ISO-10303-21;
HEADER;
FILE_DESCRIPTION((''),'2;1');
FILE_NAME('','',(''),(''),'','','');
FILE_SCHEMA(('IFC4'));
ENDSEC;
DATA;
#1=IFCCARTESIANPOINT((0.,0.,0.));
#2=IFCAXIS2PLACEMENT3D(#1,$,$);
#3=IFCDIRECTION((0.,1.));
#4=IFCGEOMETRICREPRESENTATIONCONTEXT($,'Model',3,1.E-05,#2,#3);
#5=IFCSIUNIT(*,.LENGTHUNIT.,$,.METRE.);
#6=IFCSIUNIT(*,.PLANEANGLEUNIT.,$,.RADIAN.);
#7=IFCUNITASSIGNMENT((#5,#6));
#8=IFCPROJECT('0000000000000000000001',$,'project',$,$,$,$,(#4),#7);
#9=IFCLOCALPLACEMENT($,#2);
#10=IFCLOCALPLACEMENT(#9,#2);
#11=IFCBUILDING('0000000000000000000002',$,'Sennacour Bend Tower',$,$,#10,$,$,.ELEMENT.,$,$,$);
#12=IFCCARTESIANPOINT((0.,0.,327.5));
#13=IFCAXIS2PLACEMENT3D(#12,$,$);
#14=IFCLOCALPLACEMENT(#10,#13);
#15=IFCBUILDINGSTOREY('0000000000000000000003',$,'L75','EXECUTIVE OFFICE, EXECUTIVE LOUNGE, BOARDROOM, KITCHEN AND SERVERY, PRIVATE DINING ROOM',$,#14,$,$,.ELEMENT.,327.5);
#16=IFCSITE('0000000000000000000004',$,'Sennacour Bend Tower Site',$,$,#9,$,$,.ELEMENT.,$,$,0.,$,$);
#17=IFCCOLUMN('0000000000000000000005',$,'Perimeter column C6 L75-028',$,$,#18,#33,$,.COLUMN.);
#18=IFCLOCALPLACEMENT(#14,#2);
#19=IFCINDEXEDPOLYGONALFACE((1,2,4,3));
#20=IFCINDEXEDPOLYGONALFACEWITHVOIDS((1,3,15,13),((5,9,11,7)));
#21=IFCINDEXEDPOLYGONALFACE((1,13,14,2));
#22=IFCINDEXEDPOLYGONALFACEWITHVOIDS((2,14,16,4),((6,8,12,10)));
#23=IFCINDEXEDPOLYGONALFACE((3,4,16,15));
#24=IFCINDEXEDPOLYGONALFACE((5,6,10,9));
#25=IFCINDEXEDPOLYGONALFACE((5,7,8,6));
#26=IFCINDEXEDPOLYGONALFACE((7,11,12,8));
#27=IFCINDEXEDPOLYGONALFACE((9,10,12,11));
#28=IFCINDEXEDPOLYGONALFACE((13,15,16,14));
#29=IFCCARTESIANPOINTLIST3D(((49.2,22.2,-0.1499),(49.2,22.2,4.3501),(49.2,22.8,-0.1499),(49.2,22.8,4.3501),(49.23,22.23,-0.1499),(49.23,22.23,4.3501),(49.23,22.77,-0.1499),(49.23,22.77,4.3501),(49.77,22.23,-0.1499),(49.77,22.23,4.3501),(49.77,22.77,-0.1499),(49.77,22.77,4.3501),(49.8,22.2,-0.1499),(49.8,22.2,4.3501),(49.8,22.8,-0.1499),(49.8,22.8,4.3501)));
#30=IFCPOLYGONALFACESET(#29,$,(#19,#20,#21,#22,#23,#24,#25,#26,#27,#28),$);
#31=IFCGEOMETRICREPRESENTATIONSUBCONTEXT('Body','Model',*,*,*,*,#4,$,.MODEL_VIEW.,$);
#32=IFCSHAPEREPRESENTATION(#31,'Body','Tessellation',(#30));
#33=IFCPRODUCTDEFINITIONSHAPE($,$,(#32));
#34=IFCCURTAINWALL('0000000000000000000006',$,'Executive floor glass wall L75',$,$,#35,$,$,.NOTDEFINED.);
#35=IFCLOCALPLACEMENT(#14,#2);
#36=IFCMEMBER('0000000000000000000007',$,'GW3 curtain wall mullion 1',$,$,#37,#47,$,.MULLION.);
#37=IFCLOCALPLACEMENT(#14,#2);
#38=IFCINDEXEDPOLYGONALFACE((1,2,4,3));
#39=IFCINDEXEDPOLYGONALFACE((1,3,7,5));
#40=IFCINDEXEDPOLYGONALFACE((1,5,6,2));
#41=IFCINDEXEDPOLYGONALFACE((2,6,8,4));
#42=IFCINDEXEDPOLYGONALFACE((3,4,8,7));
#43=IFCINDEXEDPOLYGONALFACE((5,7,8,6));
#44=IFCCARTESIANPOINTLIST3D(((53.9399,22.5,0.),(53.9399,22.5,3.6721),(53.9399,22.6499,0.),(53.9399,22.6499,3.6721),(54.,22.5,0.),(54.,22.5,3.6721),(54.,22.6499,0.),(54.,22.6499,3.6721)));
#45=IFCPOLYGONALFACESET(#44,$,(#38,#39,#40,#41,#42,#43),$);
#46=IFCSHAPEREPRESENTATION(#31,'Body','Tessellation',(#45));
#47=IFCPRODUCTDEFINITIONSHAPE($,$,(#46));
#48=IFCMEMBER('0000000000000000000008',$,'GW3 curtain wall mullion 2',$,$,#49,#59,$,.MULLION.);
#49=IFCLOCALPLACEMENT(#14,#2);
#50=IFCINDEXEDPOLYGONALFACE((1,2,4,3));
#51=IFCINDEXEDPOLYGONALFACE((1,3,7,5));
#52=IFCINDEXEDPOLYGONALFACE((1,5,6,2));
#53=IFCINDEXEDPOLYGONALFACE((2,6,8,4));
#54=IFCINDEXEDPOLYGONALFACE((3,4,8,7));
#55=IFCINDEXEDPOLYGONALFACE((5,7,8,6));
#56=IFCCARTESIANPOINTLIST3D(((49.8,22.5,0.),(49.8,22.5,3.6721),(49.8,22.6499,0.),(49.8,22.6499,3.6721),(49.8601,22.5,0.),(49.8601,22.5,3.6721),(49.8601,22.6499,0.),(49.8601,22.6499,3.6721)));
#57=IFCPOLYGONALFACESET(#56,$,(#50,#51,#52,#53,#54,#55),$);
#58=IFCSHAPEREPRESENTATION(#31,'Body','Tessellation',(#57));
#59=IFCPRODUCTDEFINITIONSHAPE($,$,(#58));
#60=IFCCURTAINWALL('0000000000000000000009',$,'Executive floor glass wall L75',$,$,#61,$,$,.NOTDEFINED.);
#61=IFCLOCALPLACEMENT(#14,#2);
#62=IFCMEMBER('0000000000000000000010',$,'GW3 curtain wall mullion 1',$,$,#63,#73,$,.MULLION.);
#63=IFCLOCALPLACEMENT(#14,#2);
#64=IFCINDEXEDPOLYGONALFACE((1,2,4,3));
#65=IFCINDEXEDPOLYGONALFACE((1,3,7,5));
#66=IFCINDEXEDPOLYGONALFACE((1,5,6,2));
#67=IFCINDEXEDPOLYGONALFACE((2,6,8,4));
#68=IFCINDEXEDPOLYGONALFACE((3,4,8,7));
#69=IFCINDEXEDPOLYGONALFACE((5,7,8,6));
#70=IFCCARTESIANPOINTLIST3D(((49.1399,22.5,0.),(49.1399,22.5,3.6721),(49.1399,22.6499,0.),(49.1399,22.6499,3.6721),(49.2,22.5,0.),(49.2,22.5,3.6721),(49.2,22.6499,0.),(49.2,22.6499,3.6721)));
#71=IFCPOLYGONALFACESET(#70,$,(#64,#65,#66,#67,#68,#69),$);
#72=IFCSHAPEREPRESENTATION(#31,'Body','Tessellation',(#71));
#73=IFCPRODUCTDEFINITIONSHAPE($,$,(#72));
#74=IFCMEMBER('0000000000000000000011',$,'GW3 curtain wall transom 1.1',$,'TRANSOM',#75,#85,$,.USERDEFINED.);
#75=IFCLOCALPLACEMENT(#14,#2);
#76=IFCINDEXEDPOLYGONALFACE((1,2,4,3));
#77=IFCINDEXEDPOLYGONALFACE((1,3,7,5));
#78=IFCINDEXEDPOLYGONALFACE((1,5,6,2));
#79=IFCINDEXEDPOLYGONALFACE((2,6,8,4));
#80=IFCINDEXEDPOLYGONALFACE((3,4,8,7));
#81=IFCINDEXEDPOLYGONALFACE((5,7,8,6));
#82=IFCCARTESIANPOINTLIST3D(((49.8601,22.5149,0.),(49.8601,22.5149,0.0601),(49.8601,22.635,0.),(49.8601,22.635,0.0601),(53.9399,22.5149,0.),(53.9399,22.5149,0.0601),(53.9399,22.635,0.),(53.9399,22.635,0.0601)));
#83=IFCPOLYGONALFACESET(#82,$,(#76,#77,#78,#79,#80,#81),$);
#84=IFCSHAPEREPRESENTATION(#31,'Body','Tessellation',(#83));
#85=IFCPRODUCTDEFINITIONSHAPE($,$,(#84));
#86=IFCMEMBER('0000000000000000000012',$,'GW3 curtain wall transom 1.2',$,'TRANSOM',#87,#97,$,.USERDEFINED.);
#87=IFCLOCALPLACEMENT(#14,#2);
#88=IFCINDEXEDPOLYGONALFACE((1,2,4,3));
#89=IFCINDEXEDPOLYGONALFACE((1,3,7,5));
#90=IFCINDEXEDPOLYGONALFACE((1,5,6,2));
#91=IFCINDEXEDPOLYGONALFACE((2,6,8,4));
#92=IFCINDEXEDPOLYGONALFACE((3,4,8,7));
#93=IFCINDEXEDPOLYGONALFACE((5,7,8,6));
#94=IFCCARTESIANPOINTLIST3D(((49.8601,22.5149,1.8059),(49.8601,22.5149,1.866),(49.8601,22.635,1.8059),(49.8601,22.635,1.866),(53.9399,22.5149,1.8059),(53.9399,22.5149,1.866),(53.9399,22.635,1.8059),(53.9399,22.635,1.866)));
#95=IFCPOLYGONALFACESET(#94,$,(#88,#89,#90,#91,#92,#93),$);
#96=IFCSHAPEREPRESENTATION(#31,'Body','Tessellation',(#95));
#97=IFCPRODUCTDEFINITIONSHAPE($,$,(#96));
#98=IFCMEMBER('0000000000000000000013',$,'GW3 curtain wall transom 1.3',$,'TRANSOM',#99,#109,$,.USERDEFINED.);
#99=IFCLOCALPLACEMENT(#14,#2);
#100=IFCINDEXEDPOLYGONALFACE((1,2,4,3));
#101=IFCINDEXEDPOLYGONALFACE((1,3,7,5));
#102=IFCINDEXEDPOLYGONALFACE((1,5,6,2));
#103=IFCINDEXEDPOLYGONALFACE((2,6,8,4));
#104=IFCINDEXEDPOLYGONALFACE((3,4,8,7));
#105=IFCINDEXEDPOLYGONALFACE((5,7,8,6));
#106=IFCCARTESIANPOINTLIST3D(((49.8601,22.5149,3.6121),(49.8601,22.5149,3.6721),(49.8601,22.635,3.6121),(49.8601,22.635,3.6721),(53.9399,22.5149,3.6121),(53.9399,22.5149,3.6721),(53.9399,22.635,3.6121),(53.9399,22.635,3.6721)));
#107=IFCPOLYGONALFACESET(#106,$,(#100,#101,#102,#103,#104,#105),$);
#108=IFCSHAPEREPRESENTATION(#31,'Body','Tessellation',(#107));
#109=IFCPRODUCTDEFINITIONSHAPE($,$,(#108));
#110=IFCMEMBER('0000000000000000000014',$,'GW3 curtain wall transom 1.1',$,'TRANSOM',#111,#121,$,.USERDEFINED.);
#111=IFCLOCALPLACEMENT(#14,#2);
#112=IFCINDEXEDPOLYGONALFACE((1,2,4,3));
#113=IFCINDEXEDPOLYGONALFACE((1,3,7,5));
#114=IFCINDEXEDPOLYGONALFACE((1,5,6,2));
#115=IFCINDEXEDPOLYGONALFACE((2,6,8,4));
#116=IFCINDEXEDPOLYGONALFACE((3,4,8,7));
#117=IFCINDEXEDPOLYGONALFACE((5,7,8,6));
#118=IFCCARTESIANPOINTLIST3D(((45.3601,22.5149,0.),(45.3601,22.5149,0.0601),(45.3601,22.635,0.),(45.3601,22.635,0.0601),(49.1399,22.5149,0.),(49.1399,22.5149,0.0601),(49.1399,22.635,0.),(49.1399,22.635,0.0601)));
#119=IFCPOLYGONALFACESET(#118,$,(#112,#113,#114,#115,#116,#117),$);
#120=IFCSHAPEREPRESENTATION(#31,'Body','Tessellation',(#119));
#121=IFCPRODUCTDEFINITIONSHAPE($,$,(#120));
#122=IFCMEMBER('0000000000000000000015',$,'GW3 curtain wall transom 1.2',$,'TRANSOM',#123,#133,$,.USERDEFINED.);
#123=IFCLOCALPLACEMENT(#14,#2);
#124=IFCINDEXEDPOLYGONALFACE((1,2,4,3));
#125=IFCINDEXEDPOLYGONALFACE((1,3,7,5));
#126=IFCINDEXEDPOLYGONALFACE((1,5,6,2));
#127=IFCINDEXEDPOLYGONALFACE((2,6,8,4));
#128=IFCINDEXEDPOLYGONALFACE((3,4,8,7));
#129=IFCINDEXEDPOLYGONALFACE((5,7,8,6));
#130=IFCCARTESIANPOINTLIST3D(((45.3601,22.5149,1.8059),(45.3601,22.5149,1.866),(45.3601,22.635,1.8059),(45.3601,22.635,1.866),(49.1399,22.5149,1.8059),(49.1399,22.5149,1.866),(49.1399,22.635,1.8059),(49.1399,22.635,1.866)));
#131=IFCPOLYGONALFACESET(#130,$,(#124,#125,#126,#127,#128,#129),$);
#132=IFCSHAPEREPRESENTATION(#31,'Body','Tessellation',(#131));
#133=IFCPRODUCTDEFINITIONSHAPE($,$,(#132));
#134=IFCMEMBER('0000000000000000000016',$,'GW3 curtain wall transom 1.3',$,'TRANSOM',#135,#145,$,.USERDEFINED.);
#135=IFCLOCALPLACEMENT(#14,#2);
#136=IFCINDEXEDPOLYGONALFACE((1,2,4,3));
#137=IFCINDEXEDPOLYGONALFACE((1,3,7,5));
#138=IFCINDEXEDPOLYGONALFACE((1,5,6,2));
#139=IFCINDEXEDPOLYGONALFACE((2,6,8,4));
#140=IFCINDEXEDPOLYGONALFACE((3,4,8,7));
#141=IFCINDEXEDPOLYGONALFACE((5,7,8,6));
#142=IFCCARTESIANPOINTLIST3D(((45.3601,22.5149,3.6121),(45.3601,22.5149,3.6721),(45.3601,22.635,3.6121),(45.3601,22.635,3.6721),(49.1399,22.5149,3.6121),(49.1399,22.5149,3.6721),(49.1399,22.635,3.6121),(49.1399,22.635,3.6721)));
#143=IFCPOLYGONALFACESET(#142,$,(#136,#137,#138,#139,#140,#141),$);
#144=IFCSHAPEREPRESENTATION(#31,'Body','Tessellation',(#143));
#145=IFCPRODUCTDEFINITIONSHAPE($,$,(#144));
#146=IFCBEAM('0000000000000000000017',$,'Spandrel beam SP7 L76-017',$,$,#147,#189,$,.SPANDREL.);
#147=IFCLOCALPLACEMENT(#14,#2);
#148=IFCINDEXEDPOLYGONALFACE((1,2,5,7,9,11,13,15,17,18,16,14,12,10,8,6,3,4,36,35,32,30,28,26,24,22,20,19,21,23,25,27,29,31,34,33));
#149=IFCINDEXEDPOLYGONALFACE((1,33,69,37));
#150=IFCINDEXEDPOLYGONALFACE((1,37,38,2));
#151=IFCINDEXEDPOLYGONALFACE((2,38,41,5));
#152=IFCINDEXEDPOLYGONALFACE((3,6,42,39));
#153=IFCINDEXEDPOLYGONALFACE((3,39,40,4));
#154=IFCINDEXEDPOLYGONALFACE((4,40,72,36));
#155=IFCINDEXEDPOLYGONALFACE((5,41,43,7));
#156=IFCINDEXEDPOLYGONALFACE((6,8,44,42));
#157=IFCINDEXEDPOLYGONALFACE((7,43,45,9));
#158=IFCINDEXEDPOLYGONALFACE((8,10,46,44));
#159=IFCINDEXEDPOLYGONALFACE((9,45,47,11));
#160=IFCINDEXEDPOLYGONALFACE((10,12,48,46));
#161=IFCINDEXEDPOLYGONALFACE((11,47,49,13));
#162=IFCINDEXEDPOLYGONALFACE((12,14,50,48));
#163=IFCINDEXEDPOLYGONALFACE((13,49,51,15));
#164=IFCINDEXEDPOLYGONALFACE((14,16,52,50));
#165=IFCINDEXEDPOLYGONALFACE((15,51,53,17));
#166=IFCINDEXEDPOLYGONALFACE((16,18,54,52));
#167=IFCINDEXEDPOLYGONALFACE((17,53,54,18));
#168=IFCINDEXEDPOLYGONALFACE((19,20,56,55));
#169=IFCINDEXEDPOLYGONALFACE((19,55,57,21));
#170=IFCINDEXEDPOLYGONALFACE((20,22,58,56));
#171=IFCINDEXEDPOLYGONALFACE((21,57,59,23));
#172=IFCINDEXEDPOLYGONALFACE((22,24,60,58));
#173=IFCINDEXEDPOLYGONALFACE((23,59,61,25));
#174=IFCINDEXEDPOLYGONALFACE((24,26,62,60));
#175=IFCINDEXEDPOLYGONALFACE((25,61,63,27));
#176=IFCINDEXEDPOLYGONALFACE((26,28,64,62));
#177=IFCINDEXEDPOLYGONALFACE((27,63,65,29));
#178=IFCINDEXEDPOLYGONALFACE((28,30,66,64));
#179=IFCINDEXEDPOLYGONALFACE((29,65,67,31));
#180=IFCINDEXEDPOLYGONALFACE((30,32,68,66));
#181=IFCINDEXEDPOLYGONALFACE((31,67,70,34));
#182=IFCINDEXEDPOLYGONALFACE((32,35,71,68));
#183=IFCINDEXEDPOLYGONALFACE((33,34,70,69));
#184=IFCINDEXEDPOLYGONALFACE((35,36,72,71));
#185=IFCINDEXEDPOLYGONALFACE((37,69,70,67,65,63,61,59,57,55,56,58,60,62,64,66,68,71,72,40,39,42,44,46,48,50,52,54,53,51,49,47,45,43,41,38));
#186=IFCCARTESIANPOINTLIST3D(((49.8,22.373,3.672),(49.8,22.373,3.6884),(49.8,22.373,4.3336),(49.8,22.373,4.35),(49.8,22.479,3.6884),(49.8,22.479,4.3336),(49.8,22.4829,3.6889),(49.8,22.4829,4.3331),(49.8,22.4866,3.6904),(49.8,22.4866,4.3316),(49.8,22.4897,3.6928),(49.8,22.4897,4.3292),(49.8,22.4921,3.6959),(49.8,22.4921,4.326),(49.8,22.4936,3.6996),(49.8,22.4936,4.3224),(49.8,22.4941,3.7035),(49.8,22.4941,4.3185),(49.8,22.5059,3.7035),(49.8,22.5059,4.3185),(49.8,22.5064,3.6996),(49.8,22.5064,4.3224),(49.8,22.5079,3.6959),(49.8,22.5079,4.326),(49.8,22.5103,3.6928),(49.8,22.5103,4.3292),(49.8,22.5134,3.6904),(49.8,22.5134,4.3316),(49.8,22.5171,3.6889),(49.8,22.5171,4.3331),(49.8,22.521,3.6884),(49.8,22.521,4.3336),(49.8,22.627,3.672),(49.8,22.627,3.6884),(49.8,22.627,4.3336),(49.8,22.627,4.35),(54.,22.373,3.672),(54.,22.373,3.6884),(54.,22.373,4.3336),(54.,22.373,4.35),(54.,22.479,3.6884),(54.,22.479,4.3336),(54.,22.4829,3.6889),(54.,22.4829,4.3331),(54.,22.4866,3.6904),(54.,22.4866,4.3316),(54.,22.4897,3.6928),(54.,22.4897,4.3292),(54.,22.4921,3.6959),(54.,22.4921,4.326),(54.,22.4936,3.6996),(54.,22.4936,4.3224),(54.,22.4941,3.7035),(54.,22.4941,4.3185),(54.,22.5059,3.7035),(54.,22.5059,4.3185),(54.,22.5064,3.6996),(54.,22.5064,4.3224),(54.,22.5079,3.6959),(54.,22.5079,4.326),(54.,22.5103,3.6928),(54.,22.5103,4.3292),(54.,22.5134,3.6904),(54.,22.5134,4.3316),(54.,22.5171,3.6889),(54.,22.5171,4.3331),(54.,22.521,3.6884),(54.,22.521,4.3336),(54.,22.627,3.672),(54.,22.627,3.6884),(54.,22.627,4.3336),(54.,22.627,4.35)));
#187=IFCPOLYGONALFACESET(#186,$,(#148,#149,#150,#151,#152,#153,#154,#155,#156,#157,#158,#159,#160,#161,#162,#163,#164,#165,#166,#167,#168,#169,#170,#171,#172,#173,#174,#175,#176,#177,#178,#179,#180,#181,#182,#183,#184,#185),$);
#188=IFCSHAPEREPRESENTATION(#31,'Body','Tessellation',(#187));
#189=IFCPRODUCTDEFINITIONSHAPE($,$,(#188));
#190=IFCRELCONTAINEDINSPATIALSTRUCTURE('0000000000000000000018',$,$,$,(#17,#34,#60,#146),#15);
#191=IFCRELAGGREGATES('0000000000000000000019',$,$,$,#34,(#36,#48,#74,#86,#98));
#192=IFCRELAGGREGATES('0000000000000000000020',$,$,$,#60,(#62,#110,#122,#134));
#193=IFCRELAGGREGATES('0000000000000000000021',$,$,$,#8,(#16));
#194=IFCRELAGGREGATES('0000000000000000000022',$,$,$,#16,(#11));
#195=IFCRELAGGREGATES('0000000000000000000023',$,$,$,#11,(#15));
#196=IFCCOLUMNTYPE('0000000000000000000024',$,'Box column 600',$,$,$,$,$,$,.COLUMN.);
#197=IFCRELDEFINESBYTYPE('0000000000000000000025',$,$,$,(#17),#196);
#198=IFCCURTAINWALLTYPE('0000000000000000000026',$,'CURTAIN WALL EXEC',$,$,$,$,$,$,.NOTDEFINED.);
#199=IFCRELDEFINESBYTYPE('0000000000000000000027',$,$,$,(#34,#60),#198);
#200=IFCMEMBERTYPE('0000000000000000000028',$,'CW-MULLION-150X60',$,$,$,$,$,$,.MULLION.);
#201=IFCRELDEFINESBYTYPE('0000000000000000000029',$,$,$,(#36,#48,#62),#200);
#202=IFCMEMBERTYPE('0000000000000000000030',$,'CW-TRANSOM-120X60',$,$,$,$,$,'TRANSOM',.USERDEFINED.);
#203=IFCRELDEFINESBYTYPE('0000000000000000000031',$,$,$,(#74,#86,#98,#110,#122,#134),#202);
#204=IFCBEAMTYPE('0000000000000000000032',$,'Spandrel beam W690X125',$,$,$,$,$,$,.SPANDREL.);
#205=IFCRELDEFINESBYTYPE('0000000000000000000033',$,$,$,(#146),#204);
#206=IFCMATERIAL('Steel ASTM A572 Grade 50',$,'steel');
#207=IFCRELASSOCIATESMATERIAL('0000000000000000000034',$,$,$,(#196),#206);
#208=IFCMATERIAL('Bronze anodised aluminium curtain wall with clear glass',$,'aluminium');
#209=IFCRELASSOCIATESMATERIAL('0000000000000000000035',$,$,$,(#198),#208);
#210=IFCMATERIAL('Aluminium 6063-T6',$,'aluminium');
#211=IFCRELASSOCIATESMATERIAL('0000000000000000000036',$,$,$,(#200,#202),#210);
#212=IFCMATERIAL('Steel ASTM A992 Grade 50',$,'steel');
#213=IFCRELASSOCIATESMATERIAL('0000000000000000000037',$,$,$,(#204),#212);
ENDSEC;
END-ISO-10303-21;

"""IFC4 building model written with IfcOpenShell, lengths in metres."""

from ifc_helpers import new_model, si_unit, direction, frame, origin, origin_2d, place, context, subcontext, project, spatial, rectangle, hollow_rectangle, i_section, extrude, material, material_profile, profile_set, type_object, element, aggregate, save


model = new_model("IFC4")

# Units and contexts
model_context = context("Model", 3, precision=1e-05, world=origin(), true_north=direction((0.0, 1.0)))
body_context = subcontext(model_context, "Body", "Model", "MODEL_VIEW")
ifc_project = project(units=[si_unit("LENGTHUNIT", "METRE"), si_unit("PLANEANGLEUNIT", "RADIAN")], contexts=[model_context])

# Site, building, storey
site_placement = place(None, origin())
site = spatial("IfcSite", under=ifc_project, at=site_placement, Name="Sennacour Bend Tower Site", CompositionType="ELEMENT", RefElevation=0.0)
building_placement = place(site_placement, origin())
building = spatial("IfcBuilding", under=site, at=building_placement, Name="Sennacour Bend Tower", CompositionType="ELEMENT")
storey_placement = place(building_placement, frame((0.0, 0.0, 327.5)))
storey = spatial("IfcBuildingStorey", under=building, at=storey_placement, Name="L75", Description="EXECUTIVE OFFICE, EXECUTIVE LOUNGE, BOARDROOM, KITCHEN AND SERVERY, PRIVATE DINING ROOM", CompositionType="ELEMENT", Elevation=327.5)

# Column
ifc_material_1 = material(Name="Steel ASTM A572 Grade 50", Category="steel")
ifc_material_profile_1 = material_profile(ifc_material_1, hollow_rectangle(XDim=0.6001, YDim=0.6001, WallThickness=0.03, at=origin_2d()), Name="Steel ASTM A572 Grade 50", Category="steel")
ifc_profile_set_1 = profile_set([ifc_material_profile_1], Name="Steel ASTM A572 Grade 50")
column_type = type_object("IfcColumnType", Name="Box column 600", PredefinedType="COLUMN", material=ifc_profile_set_1)
column_placement = place(storey_placement, frame((49.5, 22.5, -0.1499), z_axis=(0.0, 0.0, 1.0), x_axis=(1.0, 0.0, 0.0)))
element("IfcColumn", 1, at=column_placement, inside=storey, type_object=column_type, Name="Perimeter column C6 L75-028", PredefinedType="COLUMN", context=body_context, shape_type="SweptSolid", body=[
    extrude(hollow_rectangle(XDim=0.6001, YDim=0.6001, WallThickness=0.03, at=origin_2d()), origin(), (0.0, 0.0, 1.0), 4.5),
])

# Curtain wall, members
ifc_material_2 = material(Name="Bronze anodised aluminium curtain wall with clear glass", Category="aluminium")
curtain_wall_type = type_object("IfcCurtainWallType", Name="CURTAIN WALL EXEC", PredefinedType="NOTDEFINED", material=ifc_material_2)
curtain_wall_1_placement = place(storey_placement, origin())
curtain_wall_1 = element("IfcCurtainWall", 2, at=curtain_wall_1_placement, inside=storey, type_object=curtain_wall_type, Name="Executive floor glass wall L75", PredefinedType="NOTDEFINED")
ifc_material_3 = material(Name="Aluminium 6063-T6", Category="aluminium")
ifc_material_profile_2 = material_profile(ifc_material_3, rectangle(XDim=0.1499, YDim=0.0601, at=origin_2d()), Name="Aluminium 6063-T6", Category="aluminium")
ifc_profile_set_2 = profile_set([ifc_material_profile_2], Name="Aluminium 6063-T6")
member_type_1 = type_object("IfcMemberType", Name="CW-MULLION-150X60", PredefinedType="MULLION", material=ifc_profile_set_2)
member_1_placement = place(storey_placement, frame((53.97, 22.575, 0.0), z_axis=(0.0, 0.0, 1.0), x_axis=(0.0, -1.0, 0.0)))
member_1 = element("IfcMember", 3, at=member_1_placement, type_object=member_type_1, Name="GW3 curtain wall mullion 1", PredefinedType="MULLION", context=body_context, shape_type="SweptSolid", body=[
    extrude(rectangle(XDim=0.1499, YDim=0.0601, at=origin_2d()), origin(), (0.0, 0.0, 1.0), 3.6721),
])
member_2_placement = place(storey_placement, frame((49.8301, 22.575, 0.0), z_axis=(0.0, 0.0, 1.0), x_axis=(0.0, -1.0, 0.0)))
member_2 = element("IfcMember", 4, at=member_2_placement, type_object=member_type_1, Name="GW3 curtain wall mullion 2", PredefinedType="MULLION", context=body_context, shape_type="SweptSolid", body=[
    extrude(rectangle(XDim=0.1499, YDim=0.0601, at=origin_2d()), origin(), (0.0, 0.0, 1.0), 3.6721),
])

# Curtain wall, member
curtain_wall_2_placement = place(storey_placement, origin())
curtain_wall_2 = element("IfcCurtainWall", 5, at=curtain_wall_2_placement, inside=storey, type_object=curtain_wall_type, Name="Executive floor glass wall L75", PredefinedType="NOTDEFINED")
member_3_placement = place(storey_placement, frame((49.1699, 22.575, 0.0), z_axis=(0.0, 0.0, 1.0), x_axis=(0.0, -1.0, 0.0)))
member_3 = element("IfcMember", 6, at=member_3_placement, type_object=member_type_1, Name="GW3 curtain wall mullion 1", PredefinedType="MULLION", context=body_context, shape_type="SweptSolid", body=[
    extrude(rectangle(XDim=0.1499, YDim=0.0601, at=origin_2d()), origin(), (0.0, 0.0, 1.0), 3.6721),
])

# Members
ifc_material_profile_3 = material_profile(ifc_material_3, rectangle(XDim=0.1201, YDim=0.0601, at=origin_2d()), Name="Aluminium 6063-T6", Category="aluminium")
ifc_profile_set_3 = profile_set([ifc_material_profile_3], Name="Aluminium 6063-T6")
member_type_2 = type_object("IfcMemberType", Name="CW-TRANSOM-120X60", ElementType="TRANSOM", PredefinedType="USERDEFINED", material=ifc_profile_set_3)
member_4_placement = place(storey_placement, frame((53.9399, 22.575, 0.03), z_axis=(-1.0, 0.0, 0.0), x_axis=(0.0, -1.0, 0.0)))
member_4 = element("IfcMember", 7, at=member_4_placement, type_object=member_type_2, Name="GW3 curtain wall transom 1.1", ObjectType="TRANSOM", PredefinedType="USERDEFINED", context=body_context, shape_type="SweptSolid", body=[
    extrude(rectangle(XDim=0.1201, YDim=0.0601, at=origin_2d()), origin(), (0.0, 0.0, 1.0), 4.0798),
])
member_5_placement = place(storey_placement, frame((53.9399, 22.575, 1.8359), z_axis=(-1.0, 0.0, 0.0), x_axis=(0.0, -1.0, 0.0)))
member_5 = element("IfcMember", 8, at=member_5_placement, type_object=member_type_2, Name="GW3 curtain wall transom 1.2", ObjectType="TRANSOM", PredefinedType="USERDEFINED", context=body_context, shape_type="SweptSolid", body=[
    extrude(rectangle(XDim=0.1201, YDim=0.0601, at=origin_2d()), origin(), (0.0, 0.0, 1.0), 4.0798),
])
member_6_placement = place(storey_placement, frame((53.9399, 22.575, 3.6421), z_axis=(-1.0, 0.0, 0.0), x_axis=(0.0, -1.0, 0.0)))
member_6 = element("IfcMember", 9, at=member_6_placement, type_object=member_type_2, Name="GW3 curtain wall transom 1.3", ObjectType="TRANSOM", PredefinedType="USERDEFINED", context=body_context, shape_type="SweptSolid", body=[
    extrude(rectangle(XDim=0.1201, YDim=0.0601, at=origin_2d()), origin(), (0.0, 0.0, 1.0), 4.0798),
])
member_7_placement = place(storey_placement, frame((49.1399, 22.575, 0.03), z_axis=(-1.0, 0.0, 0.0), x_axis=(0.0, -1.0, 0.0)))
member_7 = element("IfcMember", 10, at=member_7_placement, type_object=member_type_2, Name="GW3 curtain wall transom 1.1", ObjectType="TRANSOM", PredefinedType="USERDEFINED", context=body_context, shape_type="SweptSolid", body=[
    extrude(rectangle(XDim=0.1201, YDim=0.0601, at=origin_2d()), origin(), (0.0, 0.0, 1.0), 3.7798),
])
member_8_placement = place(storey_placement, frame((49.1399, 22.575, 1.8359), z_axis=(-1.0, 0.0, 0.0), x_axis=(0.0, -1.0, 0.0)))
member_8 = element("IfcMember", 11, at=member_8_placement, type_object=member_type_2, Name="GW3 curtain wall transom 1.2", ObjectType="TRANSOM", PredefinedType="USERDEFINED", context=body_context, shape_type="SweptSolid", body=[
    extrude(rectangle(XDim=0.1201, YDim=0.0601, at=origin_2d()), origin(), (0.0, 0.0, 1.0), 3.7798),
])
member_9_placement = place(storey_placement, frame((49.1399, 22.575, 3.6421), z_axis=(-1.0, 0.0, 0.0), x_axis=(0.0, -1.0, 0.0)))
member_9 = element("IfcMember", 12, at=member_9_placement, type_object=member_type_2, Name="GW3 curtain wall transom 1.3", ObjectType="TRANSOM", PredefinedType="USERDEFINED", context=body_context, shape_type="SweptSolid", body=[
    extrude(rectangle(XDim=0.1201, YDim=0.0601, at=origin_2d()), origin(), (0.0, 0.0, 1.0), 3.7798),
])

# Beam
ifc_material_4 = material(Name="Steel ASTM A992 Grade 50", Category="steel")
ifc_material_profile_4 = material_profile(ifc_material_4, i_section(OverallWidth=0.2539, OverallDepth=0.678, WebThickness=0.0117, FlangeThickness=0.0164, FilletRadius=0.0151, at=origin_2d()), Name="Steel ASTM A992 Grade 50", Category="steel")
ifc_profile_set_4 = profile_set([ifc_material_profile_4], Name="Steel ASTM A992 Grade 50")
beam_type = type_object("IfcBeamType", Name="Spandrel beam W690X125", PredefinedType="SPANDREL", material=ifc_profile_set_4)
beam_placement = place(storey_placement, frame((49.8, 22.5, 4.011), z_axis=(1.0, 0.0, 0.0), x_axis=(0.0, 1.0, 0.0)))
element("IfcBeam", 13, at=beam_placement, inside=storey, type_object=beam_type, Name="Spandrel beam SP7 L76-017", PredefinedType="SPANDREL", context=body_context, shape_type="SweptSolid", body=[
    extrude(i_section(OverallWidth=0.2539, OverallDepth=0.678, WebThickness=0.0117, FlangeThickness=0.0164, FilletRadius=0.0151, at=origin_2d()), origin(), (0.0, 0.0, 1.0), 4.2),
])

aggregate(curtain_wall_1, [member_1, member_2, member_4, member_5, member_6])
aggregate(curtain_wall_2, [member_3, member_7, member_8, member_9])

save(model, "model.ifc")
